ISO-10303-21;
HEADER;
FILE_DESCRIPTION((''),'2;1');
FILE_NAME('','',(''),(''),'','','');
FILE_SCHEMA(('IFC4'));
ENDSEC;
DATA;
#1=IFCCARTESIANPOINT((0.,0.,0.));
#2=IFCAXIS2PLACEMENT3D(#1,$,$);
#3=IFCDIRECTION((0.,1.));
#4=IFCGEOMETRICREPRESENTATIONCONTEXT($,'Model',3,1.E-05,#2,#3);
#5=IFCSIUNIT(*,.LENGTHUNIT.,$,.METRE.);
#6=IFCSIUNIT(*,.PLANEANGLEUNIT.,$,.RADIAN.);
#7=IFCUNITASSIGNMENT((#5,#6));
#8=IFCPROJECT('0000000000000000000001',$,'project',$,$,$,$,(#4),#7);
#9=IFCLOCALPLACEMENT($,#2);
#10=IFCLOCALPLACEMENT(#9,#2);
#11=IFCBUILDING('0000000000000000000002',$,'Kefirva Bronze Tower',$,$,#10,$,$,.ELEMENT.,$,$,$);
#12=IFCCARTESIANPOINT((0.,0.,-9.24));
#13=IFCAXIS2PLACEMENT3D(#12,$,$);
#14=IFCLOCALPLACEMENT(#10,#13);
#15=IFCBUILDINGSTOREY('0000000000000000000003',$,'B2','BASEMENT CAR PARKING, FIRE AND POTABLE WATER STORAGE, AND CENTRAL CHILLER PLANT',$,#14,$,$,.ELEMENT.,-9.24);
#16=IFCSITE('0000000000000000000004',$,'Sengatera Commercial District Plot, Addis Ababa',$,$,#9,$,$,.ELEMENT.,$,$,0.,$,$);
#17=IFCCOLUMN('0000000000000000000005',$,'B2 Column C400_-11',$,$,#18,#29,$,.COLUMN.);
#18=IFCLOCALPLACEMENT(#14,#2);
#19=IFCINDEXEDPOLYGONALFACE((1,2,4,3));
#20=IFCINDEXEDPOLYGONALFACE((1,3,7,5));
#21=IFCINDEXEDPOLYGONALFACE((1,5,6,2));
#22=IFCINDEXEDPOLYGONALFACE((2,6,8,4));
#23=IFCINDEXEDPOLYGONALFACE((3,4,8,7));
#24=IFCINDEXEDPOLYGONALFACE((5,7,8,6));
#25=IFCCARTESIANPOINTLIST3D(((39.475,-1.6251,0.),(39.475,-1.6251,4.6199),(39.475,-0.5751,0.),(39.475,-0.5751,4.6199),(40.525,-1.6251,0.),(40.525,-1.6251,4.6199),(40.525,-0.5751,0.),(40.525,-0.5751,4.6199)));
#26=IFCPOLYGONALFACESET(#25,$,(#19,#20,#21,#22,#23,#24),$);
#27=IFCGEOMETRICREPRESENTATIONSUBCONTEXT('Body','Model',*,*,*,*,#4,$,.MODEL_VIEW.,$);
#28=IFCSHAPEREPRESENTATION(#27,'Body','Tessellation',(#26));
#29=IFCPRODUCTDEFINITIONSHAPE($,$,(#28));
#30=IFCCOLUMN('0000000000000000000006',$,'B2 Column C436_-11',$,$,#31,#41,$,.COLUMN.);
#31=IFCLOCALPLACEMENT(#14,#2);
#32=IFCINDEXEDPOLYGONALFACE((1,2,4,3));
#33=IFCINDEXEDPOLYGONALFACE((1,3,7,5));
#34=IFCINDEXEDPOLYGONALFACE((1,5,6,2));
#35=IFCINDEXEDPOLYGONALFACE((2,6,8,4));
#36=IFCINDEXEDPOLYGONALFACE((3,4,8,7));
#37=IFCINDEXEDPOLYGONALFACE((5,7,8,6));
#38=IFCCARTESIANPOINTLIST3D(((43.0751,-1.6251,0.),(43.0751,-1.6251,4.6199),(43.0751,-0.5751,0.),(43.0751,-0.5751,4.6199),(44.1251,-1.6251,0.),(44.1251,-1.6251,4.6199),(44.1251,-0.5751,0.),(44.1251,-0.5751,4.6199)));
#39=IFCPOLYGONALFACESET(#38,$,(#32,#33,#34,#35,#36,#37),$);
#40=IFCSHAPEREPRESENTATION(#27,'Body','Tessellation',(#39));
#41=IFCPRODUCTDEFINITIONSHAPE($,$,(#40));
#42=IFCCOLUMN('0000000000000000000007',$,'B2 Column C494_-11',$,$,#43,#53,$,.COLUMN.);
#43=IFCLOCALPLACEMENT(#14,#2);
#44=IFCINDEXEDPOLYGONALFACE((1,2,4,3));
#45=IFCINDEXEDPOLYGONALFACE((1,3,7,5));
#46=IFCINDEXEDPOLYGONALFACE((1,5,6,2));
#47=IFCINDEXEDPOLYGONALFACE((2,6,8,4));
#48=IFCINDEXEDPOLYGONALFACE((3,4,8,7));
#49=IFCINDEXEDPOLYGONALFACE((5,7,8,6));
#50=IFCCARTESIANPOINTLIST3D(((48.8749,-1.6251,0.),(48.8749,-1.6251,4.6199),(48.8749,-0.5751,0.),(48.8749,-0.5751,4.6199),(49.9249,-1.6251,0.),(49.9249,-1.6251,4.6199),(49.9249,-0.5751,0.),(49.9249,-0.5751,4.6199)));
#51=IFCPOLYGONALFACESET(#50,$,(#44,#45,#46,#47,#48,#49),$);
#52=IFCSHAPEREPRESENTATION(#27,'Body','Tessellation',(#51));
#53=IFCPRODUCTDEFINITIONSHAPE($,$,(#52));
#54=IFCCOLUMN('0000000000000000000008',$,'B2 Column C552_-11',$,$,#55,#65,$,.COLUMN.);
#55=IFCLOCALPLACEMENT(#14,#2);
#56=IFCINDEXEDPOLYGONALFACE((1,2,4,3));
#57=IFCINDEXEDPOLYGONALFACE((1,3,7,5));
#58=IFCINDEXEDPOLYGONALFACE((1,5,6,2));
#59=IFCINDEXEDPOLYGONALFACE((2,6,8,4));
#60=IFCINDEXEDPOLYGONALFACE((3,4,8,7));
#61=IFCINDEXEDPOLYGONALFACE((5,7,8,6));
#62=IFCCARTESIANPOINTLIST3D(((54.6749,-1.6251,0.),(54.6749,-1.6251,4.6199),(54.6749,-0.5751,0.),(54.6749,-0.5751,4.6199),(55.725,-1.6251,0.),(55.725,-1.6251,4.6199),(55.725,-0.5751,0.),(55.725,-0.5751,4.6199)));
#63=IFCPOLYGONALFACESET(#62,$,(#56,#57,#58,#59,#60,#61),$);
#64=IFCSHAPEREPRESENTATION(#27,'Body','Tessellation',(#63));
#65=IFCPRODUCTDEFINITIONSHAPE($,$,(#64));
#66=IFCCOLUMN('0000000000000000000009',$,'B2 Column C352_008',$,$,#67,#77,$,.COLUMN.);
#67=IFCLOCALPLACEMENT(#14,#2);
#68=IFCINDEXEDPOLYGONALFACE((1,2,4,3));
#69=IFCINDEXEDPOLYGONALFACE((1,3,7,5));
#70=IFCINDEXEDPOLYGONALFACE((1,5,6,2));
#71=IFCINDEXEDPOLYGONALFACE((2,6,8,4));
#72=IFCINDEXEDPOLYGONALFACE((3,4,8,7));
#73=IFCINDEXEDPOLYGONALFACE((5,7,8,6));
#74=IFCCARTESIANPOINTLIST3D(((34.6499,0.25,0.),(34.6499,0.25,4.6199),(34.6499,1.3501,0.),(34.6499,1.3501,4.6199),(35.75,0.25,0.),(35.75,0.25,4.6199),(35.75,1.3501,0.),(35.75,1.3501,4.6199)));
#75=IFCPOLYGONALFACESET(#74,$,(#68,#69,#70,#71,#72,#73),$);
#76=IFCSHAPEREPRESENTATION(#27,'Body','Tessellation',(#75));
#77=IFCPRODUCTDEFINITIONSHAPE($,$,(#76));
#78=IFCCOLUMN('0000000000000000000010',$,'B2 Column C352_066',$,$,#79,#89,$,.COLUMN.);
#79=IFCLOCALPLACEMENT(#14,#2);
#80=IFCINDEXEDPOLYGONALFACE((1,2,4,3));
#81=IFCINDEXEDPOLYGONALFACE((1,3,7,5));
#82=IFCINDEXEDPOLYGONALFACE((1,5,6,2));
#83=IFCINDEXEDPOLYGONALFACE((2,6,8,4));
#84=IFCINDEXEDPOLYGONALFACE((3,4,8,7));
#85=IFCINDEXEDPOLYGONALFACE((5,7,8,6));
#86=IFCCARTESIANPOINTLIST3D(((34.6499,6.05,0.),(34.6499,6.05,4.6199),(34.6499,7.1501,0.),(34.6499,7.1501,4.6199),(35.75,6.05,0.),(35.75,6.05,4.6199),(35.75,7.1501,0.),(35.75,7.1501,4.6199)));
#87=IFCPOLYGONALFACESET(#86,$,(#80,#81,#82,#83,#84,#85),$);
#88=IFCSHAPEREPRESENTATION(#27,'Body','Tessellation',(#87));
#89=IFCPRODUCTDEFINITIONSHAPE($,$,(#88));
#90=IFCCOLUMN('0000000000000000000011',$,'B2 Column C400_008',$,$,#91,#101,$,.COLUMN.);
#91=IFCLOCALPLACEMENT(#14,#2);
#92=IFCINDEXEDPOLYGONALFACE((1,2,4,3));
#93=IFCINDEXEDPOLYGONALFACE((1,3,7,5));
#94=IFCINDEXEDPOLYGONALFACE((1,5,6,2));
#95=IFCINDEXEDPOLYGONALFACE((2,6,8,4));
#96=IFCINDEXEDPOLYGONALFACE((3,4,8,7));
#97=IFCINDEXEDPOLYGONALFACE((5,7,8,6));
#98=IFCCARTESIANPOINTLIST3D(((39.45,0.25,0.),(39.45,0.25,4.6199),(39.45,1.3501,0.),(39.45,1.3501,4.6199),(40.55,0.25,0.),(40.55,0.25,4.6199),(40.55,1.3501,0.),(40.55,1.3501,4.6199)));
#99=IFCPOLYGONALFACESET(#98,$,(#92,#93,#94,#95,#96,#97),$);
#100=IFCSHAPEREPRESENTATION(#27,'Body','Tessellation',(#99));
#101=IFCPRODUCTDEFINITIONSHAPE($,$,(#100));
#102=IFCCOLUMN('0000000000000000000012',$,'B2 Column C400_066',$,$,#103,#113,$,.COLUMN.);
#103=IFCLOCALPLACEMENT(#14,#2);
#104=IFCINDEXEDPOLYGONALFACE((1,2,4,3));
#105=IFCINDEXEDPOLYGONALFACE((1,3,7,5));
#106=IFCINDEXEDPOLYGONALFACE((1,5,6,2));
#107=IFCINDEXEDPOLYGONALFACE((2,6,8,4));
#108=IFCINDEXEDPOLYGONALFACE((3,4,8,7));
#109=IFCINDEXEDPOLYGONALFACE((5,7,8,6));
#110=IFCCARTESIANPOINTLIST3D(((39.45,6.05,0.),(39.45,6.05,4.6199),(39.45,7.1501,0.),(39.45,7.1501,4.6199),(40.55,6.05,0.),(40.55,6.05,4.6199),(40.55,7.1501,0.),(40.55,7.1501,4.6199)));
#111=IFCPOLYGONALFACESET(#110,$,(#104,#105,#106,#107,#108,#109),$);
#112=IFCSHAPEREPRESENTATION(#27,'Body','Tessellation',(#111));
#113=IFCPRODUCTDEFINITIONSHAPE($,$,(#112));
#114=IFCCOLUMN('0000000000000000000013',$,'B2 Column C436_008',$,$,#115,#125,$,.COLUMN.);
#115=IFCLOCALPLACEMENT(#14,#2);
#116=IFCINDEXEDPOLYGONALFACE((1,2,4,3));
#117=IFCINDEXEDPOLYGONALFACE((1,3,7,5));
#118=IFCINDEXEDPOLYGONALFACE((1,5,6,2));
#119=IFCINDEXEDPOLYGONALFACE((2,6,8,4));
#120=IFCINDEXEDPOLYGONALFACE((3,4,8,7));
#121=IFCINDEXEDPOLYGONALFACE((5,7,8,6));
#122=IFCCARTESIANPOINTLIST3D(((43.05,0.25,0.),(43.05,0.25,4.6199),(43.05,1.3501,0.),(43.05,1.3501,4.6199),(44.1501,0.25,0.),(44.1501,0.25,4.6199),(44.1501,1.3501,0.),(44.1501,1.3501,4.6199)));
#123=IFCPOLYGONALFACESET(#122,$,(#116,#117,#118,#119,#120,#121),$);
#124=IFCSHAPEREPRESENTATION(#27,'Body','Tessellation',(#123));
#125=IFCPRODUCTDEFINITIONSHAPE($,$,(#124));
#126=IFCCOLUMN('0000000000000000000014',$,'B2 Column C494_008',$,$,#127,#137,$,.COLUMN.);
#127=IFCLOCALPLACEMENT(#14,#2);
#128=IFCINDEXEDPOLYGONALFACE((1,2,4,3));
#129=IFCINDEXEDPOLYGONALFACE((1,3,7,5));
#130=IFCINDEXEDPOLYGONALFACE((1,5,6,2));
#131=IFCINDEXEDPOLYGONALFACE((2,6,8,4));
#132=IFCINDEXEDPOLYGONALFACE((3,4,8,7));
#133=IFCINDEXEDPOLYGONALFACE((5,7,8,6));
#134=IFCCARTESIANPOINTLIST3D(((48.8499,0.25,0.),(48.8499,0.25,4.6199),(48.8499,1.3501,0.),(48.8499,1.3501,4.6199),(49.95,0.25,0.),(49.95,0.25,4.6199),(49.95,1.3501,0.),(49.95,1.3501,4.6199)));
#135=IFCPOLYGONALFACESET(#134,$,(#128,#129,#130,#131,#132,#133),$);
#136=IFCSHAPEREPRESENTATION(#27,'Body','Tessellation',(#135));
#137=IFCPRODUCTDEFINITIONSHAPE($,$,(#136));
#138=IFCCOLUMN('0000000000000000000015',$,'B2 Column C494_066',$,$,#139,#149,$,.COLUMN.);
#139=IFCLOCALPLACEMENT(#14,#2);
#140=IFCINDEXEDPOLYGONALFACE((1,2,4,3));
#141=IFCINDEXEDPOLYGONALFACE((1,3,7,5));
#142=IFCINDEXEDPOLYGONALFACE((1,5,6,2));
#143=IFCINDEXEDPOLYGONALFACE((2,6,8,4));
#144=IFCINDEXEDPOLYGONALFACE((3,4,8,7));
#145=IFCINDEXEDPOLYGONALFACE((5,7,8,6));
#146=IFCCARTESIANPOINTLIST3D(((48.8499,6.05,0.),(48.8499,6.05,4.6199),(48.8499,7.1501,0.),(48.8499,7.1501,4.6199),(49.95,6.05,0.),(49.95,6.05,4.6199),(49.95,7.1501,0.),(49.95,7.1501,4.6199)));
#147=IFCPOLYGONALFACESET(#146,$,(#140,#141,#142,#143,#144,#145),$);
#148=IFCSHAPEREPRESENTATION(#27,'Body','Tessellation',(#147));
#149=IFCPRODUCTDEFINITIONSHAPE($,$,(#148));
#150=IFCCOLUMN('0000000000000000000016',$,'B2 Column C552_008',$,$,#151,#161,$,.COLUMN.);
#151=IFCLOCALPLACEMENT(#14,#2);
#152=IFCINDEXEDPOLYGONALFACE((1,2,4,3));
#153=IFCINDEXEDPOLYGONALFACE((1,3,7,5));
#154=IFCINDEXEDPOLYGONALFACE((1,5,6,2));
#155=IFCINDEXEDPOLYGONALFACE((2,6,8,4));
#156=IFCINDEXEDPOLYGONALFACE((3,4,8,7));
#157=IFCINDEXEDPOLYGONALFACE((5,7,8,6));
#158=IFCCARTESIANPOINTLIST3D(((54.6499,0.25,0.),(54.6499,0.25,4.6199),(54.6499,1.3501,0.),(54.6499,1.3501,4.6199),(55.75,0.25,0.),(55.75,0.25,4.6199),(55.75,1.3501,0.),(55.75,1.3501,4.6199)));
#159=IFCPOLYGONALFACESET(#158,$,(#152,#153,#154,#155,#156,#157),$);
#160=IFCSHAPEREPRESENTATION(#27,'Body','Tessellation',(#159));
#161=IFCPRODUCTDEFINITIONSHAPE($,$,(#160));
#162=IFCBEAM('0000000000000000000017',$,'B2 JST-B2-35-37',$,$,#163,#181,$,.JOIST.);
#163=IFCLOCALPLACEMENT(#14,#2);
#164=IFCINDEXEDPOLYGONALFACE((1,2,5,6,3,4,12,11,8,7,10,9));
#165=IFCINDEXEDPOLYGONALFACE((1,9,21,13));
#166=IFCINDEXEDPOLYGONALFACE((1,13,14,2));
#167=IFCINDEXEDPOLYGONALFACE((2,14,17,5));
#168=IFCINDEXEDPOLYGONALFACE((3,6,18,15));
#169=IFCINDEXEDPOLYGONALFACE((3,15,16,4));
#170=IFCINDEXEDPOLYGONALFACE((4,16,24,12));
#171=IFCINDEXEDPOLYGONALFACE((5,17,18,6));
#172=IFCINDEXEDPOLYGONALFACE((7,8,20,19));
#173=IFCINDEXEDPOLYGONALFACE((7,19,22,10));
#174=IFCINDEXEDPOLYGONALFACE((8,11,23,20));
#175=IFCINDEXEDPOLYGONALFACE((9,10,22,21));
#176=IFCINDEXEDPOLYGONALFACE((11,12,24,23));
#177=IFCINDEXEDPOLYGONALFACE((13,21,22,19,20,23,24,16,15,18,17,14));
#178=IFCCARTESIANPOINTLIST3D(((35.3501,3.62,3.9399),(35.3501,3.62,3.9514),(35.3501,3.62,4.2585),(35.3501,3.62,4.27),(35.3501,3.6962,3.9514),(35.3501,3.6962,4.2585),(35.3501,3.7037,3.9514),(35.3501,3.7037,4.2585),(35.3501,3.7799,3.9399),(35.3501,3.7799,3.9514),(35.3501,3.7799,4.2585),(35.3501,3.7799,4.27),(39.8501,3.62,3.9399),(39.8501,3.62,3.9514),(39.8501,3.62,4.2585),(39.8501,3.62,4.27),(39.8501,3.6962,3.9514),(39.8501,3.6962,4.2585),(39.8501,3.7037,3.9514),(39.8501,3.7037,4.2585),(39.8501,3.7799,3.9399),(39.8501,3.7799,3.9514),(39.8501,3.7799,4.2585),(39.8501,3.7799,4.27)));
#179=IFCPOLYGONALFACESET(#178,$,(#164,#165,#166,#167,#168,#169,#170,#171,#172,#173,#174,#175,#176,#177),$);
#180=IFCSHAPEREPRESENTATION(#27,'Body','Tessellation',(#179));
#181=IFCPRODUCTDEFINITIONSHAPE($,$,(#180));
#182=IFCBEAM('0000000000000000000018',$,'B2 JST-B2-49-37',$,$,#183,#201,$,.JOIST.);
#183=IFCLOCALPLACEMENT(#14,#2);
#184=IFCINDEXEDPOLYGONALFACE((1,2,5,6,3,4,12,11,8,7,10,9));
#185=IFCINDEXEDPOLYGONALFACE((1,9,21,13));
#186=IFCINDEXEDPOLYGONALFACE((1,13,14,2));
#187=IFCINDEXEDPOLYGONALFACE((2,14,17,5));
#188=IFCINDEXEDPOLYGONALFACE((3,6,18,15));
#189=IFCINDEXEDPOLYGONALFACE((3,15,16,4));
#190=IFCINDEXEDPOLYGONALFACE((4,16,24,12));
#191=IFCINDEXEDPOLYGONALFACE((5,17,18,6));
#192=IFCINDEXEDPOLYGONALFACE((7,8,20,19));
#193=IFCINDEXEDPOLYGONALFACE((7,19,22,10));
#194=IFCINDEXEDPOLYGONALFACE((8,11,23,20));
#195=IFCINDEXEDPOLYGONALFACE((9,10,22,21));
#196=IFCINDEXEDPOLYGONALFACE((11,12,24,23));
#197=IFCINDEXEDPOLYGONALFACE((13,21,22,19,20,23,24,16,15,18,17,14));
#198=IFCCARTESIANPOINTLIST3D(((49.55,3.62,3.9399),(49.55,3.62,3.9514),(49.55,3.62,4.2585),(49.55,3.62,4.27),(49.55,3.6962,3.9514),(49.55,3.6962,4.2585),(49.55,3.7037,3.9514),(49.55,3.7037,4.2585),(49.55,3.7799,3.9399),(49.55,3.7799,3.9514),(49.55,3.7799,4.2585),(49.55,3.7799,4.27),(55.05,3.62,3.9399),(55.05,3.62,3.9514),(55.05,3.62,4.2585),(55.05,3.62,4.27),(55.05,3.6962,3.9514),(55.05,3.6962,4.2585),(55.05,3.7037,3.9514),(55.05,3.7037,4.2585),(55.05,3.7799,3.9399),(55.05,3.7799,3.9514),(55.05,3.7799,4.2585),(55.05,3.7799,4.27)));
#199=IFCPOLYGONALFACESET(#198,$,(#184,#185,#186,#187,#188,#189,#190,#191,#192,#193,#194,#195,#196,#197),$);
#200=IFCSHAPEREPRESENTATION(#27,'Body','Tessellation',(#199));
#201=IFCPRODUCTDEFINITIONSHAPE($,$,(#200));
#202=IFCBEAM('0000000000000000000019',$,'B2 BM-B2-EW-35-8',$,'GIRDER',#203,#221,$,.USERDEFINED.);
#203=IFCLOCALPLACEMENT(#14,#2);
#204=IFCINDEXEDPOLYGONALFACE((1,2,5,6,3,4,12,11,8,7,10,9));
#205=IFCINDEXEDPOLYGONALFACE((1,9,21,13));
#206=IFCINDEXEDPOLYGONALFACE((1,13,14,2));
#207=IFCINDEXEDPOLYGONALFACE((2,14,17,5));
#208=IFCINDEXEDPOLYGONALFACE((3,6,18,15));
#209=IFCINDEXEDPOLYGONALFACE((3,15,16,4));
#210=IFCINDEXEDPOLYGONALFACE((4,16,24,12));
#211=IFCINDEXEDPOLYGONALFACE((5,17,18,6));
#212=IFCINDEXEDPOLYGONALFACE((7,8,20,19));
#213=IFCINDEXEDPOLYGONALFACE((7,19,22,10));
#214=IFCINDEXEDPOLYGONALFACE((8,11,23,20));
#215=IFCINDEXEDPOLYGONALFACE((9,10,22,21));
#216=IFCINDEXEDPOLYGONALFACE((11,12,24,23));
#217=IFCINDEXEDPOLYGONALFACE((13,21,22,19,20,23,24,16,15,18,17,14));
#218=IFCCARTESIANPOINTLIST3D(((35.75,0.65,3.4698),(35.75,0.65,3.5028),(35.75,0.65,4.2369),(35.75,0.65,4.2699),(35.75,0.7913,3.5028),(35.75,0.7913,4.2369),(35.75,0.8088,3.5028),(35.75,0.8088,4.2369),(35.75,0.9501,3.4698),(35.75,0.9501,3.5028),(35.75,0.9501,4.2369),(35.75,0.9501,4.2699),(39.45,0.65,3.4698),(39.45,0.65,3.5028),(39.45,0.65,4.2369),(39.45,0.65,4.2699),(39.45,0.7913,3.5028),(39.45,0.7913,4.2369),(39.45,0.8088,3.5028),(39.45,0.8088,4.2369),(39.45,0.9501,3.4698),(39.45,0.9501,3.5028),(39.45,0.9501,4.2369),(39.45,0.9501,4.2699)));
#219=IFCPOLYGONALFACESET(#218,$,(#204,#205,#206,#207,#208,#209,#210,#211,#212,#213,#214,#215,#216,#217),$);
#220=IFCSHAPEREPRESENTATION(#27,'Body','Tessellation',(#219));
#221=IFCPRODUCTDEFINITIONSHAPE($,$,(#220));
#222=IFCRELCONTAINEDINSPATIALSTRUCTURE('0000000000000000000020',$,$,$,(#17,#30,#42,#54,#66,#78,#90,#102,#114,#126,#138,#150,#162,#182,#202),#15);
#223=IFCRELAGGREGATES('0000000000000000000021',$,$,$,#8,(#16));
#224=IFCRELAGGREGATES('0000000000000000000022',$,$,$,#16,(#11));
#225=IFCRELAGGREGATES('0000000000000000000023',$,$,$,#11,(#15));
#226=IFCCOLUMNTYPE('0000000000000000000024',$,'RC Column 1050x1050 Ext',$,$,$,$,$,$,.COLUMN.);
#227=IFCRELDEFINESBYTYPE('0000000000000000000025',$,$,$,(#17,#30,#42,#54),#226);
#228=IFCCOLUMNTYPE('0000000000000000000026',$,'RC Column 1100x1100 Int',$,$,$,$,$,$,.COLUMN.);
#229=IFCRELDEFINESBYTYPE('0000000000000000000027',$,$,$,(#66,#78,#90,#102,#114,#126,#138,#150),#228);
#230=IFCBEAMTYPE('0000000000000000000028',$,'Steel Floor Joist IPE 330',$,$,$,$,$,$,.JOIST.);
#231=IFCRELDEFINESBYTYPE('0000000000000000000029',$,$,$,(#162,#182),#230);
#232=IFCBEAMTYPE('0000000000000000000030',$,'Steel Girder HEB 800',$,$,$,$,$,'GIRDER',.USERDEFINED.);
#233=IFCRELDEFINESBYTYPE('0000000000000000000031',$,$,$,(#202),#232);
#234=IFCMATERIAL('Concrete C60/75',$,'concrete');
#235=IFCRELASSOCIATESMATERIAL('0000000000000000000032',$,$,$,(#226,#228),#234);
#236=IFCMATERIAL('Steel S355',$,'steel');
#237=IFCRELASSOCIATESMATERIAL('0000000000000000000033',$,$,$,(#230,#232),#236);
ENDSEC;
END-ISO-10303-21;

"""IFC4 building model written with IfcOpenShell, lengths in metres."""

from ifc_helpers import new_model, si_unit, direction, frame, origin, origin_2d, place, context, subcontext, project, spatial, rectangle, i_section, extrude, material, material_profile, profile_set, type_object, element, save


model = new_model("IFC4")

# Units and contexts
model_context = context("Model", 3, precision=1e-05, world=origin(), true_north=direction((0.0, 1.0)))
body_context = subcontext(model_context, "Body", "Model", "MODEL_VIEW")
ifc_project = project(units=[si_unit("LENGTHUNIT", "METRE"), si_unit("PLANEANGLEUNIT", "RADIAN")], contexts=[model_context])

# Site, building, storey
site_placement = place(None, origin())
site = spatial("IfcSite", under=ifc_project, at=site_placement, Name="Sengatera Commercial District Plot, Addis Ababa", CompositionType="ELEMENT", RefElevation=0.0)
building_placement = place(site_placement, origin())
building = spatial("IfcBuilding", under=site, at=building_placement, Name="Kefirva Bronze Tower", CompositionType="ELEMENT")
storey_placement = place(building_placement, frame((0.0, 0.0, -9.24)))
storey = spatial("IfcBuildingStorey", under=building, at=storey_placement, Name="B2", Description="BASEMENT CAR PARKING, FIRE AND POTABLE WATER STORAGE, AND CENTRAL CHILLER PLANT", CompositionType="ELEMENT", Elevation=-9.24)

# Columns
ifc_material_1 = material(Name="Concrete C60/75", Category="concrete")
ifc_material_profile_1 = material_profile(ifc_material_1, rectangle(XDim=1.05, YDim=1.05, at=origin_2d()), Name="RC 1050x1050")
ifc_profile_set_1 = profile_set([ifc_material_profile_1], Name="Concrete C60/75")
column_type_1 = type_object("IfcColumnType", Name="RC Column 1050x1050 Ext", PredefinedType="COLUMN", material=ifc_profile_set_1)
for number, where, z_axis, x_axis, name in (
    (1, (40.0, -1.1001, 0.0), (0.0, 0.0, 1.0), (1.0, 0.0, 0.0), "B2 Column C400_-11"),
    (2, (43.6001, -1.1001, 0.0), (0.0, 0.0, 1.0), (1.0, 0.0, 0.0), "B2 Column C436_-11"),
    (3, (49.3999, -1.1001, 0.0), (0.0, 0.0, 1.0), (1.0, 0.0, 0.0), "B2 Column C494_-11"),
    (4, (55.2, -1.1001, 0.0), (0.0, 0.0, 1.0), (1.0, 0.0, 0.0), "B2 Column C552_-11"),
):
    element("IfcColumn", number, at=place(storey_placement, frame(where, z_axis=z_axis, x_axis=x_axis)), inside=storey, type_object=column_type_1, Name=name, PredefinedType="COLUMN", context=body_context, shape_type="SweptSolid", body=[
        extrude(rectangle(XDim=1.05, YDim=1.05, at=origin_2d()), origin(), (0.0, 0.0, 1.0), 4.6199),
    ])
ifc_material_profile_2 = material_profile(ifc_material_1, rectangle(XDim=1.1001, YDim=1.1001, at=origin_2d()), Name="RC 1100x1100")
ifc_profile_set_2 = profile_set([ifc_material_profile_2], Name="Concrete C60/75")
column_type_2 = type_object("IfcColumnType", Name="RC Column 1100x1100 Int", PredefinedType="COLUMN", material=ifc_profile_set_2)
for number, where, z_axis, x_axis, name in (
    (5, (35.2, 0.8, 0.0), (0.0, 0.0, 1.0), (1.0, 0.0, 0.0), "B2 Column C352_008"),
    (6, (35.2, 6.6001, 0.0), (0.0, 0.0, 1.0), (1.0, 0.0, 0.0), "B2 Column C352_066"),
    (7, (40.0, 0.8, 0.0), (0.0, 0.0, 1.0), (1.0, 0.0, 0.0), "B2 Column C400_008"),
    (8, (40.0, 6.6001, 0.0), (0.0, 0.0, 1.0), (1.0, 0.0, 0.0), "B2 Column C400_066"),
    (9, (43.6001, 0.8, 0.0), (0.0, 0.0, 1.0), (1.0, 0.0, 0.0), "B2 Column C436_008"),
    (10, (49.3999, 0.8, 0.0), (0.0, 0.0, 1.0), (1.0, 0.0, 0.0), "B2 Column C494_008"),
    (11, (49.3999, 6.6001, 0.0), (0.0, 0.0, 1.0), (1.0, 0.0, 0.0), "B2 Column C494_066"),
    (12, (55.2, 0.8, 0.0), (0.0, 0.0, 1.0), (1.0, 0.0, 0.0), "B2 Column C552_008"),
):
    element("IfcColumn", number, at=place(storey_placement, frame(where, z_axis=z_axis, x_axis=x_axis)), inside=storey, type_object=column_type_2, Name=name, PredefinedType="COLUMN", context=body_context, shape_type="SweptSolid", body=[
        extrude(rectangle(XDim=1.1001, YDim=1.1001, at=origin_2d()), origin(), (0.0, 0.0, 1.0), 4.6199),
    ])

# Beams
ifc_material_2 = material(Name="Steel S355", Category="steel")
ifc_material_profile_3 = material_profile(ifc_material_2, i_section(OverallWidth=0.1599, OverallDepth=0.3301, WebThickness=0.0076, FlangeThickness=0.0115, at=origin_2d()), Name="IPE 330")
ifc_profile_set_3 = profile_set([ifc_material_profile_3], Name="Steel S355")
beam_type_1 = type_object("IfcBeamType", Name="Steel Floor Joist IPE 330", PredefinedType="JOIST", material=ifc_profile_set_3)
beam_1_placement = place(storey_placement, frame((35.3501, 3.7, 4.105), z_axis=(1.0, 0.0, 0.0), x_axis=(0.0, 1.0, 0.0)))
element("IfcBeam", 13, at=beam_1_placement, inside=storey, type_object=beam_type_1, Name="B2 JST-B2-35-37", PredefinedType="JOIST", context=body_context, shape_type="SweptSolid", body=[
    extrude(i_section(OverallWidth=0.1599, OverallDepth=0.3301, WebThickness=0.0076, FlangeThickness=0.0115, at=origin_2d()), origin(), (0.0, 0.0, 1.0), 4.5),
])
beam_2_placement = place(storey_placement, frame((49.55, 3.7, 4.105), z_axis=(1.0, 0.0, 0.0), x_axis=(0.0, 1.0, 0.0)))
element("IfcBeam", 14, at=beam_2_placement, inside=storey, type_object=beam_type_1, Name="B2 JST-B2-49-37", PredefinedType="JOIST", context=body_context, shape_type="SweptSolid", body=[
    extrude(i_section(OverallWidth=0.1599, OverallDepth=0.3301, WebThickness=0.0076, FlangeThickness=0.0115, at=origin_2d()), origin(), (0.0, 0.0, 1.0), 5.5),
])
ifc_material_profile_4 = material_profile(ifc_material_2, i_section(OverallWidth=0.3, OverallDepth=0.8, WebThickness=0.0176, FlangeThickness=0.033, at=origin_2d()), Name="HEB 800")
ifc_profile_set_4 = profile_set([ifc_material_profile_4], Name="Steel S355")
beam_type_2 = type_object("IfcBeamType", Name="Steel Girder HEB 800", ElementType="GIRDER", PredefinedType="USERDEFINED", material=ifc_profile_set_4)
beam_3_placement = place(storey_placement, frame((35.75, 0.8, 3.8699), z_axis=(1.0, 0.0, 0.0), x_axis=(0.0, 1.0, 0.0)))
element("IfcBeam", 15, at=beam_3_placement, inside=storey, type_object=beam_type_2, Name="B2 BM-B2-EW-35-8", ObjectType="GIRDER", PredefinedType="USERDEFINED", context=body_context, shape_type="SweptSolid", body=[
    extrude(i_section(OverallWidth=0.3, OverallDepth=0.8, WebThickness=0.0176, FlangeThickness=0.033, at=origin_2d()), origin(), (0.0, 0.0, 1.0), 3.7),
])

save(model, "model.ifc")
